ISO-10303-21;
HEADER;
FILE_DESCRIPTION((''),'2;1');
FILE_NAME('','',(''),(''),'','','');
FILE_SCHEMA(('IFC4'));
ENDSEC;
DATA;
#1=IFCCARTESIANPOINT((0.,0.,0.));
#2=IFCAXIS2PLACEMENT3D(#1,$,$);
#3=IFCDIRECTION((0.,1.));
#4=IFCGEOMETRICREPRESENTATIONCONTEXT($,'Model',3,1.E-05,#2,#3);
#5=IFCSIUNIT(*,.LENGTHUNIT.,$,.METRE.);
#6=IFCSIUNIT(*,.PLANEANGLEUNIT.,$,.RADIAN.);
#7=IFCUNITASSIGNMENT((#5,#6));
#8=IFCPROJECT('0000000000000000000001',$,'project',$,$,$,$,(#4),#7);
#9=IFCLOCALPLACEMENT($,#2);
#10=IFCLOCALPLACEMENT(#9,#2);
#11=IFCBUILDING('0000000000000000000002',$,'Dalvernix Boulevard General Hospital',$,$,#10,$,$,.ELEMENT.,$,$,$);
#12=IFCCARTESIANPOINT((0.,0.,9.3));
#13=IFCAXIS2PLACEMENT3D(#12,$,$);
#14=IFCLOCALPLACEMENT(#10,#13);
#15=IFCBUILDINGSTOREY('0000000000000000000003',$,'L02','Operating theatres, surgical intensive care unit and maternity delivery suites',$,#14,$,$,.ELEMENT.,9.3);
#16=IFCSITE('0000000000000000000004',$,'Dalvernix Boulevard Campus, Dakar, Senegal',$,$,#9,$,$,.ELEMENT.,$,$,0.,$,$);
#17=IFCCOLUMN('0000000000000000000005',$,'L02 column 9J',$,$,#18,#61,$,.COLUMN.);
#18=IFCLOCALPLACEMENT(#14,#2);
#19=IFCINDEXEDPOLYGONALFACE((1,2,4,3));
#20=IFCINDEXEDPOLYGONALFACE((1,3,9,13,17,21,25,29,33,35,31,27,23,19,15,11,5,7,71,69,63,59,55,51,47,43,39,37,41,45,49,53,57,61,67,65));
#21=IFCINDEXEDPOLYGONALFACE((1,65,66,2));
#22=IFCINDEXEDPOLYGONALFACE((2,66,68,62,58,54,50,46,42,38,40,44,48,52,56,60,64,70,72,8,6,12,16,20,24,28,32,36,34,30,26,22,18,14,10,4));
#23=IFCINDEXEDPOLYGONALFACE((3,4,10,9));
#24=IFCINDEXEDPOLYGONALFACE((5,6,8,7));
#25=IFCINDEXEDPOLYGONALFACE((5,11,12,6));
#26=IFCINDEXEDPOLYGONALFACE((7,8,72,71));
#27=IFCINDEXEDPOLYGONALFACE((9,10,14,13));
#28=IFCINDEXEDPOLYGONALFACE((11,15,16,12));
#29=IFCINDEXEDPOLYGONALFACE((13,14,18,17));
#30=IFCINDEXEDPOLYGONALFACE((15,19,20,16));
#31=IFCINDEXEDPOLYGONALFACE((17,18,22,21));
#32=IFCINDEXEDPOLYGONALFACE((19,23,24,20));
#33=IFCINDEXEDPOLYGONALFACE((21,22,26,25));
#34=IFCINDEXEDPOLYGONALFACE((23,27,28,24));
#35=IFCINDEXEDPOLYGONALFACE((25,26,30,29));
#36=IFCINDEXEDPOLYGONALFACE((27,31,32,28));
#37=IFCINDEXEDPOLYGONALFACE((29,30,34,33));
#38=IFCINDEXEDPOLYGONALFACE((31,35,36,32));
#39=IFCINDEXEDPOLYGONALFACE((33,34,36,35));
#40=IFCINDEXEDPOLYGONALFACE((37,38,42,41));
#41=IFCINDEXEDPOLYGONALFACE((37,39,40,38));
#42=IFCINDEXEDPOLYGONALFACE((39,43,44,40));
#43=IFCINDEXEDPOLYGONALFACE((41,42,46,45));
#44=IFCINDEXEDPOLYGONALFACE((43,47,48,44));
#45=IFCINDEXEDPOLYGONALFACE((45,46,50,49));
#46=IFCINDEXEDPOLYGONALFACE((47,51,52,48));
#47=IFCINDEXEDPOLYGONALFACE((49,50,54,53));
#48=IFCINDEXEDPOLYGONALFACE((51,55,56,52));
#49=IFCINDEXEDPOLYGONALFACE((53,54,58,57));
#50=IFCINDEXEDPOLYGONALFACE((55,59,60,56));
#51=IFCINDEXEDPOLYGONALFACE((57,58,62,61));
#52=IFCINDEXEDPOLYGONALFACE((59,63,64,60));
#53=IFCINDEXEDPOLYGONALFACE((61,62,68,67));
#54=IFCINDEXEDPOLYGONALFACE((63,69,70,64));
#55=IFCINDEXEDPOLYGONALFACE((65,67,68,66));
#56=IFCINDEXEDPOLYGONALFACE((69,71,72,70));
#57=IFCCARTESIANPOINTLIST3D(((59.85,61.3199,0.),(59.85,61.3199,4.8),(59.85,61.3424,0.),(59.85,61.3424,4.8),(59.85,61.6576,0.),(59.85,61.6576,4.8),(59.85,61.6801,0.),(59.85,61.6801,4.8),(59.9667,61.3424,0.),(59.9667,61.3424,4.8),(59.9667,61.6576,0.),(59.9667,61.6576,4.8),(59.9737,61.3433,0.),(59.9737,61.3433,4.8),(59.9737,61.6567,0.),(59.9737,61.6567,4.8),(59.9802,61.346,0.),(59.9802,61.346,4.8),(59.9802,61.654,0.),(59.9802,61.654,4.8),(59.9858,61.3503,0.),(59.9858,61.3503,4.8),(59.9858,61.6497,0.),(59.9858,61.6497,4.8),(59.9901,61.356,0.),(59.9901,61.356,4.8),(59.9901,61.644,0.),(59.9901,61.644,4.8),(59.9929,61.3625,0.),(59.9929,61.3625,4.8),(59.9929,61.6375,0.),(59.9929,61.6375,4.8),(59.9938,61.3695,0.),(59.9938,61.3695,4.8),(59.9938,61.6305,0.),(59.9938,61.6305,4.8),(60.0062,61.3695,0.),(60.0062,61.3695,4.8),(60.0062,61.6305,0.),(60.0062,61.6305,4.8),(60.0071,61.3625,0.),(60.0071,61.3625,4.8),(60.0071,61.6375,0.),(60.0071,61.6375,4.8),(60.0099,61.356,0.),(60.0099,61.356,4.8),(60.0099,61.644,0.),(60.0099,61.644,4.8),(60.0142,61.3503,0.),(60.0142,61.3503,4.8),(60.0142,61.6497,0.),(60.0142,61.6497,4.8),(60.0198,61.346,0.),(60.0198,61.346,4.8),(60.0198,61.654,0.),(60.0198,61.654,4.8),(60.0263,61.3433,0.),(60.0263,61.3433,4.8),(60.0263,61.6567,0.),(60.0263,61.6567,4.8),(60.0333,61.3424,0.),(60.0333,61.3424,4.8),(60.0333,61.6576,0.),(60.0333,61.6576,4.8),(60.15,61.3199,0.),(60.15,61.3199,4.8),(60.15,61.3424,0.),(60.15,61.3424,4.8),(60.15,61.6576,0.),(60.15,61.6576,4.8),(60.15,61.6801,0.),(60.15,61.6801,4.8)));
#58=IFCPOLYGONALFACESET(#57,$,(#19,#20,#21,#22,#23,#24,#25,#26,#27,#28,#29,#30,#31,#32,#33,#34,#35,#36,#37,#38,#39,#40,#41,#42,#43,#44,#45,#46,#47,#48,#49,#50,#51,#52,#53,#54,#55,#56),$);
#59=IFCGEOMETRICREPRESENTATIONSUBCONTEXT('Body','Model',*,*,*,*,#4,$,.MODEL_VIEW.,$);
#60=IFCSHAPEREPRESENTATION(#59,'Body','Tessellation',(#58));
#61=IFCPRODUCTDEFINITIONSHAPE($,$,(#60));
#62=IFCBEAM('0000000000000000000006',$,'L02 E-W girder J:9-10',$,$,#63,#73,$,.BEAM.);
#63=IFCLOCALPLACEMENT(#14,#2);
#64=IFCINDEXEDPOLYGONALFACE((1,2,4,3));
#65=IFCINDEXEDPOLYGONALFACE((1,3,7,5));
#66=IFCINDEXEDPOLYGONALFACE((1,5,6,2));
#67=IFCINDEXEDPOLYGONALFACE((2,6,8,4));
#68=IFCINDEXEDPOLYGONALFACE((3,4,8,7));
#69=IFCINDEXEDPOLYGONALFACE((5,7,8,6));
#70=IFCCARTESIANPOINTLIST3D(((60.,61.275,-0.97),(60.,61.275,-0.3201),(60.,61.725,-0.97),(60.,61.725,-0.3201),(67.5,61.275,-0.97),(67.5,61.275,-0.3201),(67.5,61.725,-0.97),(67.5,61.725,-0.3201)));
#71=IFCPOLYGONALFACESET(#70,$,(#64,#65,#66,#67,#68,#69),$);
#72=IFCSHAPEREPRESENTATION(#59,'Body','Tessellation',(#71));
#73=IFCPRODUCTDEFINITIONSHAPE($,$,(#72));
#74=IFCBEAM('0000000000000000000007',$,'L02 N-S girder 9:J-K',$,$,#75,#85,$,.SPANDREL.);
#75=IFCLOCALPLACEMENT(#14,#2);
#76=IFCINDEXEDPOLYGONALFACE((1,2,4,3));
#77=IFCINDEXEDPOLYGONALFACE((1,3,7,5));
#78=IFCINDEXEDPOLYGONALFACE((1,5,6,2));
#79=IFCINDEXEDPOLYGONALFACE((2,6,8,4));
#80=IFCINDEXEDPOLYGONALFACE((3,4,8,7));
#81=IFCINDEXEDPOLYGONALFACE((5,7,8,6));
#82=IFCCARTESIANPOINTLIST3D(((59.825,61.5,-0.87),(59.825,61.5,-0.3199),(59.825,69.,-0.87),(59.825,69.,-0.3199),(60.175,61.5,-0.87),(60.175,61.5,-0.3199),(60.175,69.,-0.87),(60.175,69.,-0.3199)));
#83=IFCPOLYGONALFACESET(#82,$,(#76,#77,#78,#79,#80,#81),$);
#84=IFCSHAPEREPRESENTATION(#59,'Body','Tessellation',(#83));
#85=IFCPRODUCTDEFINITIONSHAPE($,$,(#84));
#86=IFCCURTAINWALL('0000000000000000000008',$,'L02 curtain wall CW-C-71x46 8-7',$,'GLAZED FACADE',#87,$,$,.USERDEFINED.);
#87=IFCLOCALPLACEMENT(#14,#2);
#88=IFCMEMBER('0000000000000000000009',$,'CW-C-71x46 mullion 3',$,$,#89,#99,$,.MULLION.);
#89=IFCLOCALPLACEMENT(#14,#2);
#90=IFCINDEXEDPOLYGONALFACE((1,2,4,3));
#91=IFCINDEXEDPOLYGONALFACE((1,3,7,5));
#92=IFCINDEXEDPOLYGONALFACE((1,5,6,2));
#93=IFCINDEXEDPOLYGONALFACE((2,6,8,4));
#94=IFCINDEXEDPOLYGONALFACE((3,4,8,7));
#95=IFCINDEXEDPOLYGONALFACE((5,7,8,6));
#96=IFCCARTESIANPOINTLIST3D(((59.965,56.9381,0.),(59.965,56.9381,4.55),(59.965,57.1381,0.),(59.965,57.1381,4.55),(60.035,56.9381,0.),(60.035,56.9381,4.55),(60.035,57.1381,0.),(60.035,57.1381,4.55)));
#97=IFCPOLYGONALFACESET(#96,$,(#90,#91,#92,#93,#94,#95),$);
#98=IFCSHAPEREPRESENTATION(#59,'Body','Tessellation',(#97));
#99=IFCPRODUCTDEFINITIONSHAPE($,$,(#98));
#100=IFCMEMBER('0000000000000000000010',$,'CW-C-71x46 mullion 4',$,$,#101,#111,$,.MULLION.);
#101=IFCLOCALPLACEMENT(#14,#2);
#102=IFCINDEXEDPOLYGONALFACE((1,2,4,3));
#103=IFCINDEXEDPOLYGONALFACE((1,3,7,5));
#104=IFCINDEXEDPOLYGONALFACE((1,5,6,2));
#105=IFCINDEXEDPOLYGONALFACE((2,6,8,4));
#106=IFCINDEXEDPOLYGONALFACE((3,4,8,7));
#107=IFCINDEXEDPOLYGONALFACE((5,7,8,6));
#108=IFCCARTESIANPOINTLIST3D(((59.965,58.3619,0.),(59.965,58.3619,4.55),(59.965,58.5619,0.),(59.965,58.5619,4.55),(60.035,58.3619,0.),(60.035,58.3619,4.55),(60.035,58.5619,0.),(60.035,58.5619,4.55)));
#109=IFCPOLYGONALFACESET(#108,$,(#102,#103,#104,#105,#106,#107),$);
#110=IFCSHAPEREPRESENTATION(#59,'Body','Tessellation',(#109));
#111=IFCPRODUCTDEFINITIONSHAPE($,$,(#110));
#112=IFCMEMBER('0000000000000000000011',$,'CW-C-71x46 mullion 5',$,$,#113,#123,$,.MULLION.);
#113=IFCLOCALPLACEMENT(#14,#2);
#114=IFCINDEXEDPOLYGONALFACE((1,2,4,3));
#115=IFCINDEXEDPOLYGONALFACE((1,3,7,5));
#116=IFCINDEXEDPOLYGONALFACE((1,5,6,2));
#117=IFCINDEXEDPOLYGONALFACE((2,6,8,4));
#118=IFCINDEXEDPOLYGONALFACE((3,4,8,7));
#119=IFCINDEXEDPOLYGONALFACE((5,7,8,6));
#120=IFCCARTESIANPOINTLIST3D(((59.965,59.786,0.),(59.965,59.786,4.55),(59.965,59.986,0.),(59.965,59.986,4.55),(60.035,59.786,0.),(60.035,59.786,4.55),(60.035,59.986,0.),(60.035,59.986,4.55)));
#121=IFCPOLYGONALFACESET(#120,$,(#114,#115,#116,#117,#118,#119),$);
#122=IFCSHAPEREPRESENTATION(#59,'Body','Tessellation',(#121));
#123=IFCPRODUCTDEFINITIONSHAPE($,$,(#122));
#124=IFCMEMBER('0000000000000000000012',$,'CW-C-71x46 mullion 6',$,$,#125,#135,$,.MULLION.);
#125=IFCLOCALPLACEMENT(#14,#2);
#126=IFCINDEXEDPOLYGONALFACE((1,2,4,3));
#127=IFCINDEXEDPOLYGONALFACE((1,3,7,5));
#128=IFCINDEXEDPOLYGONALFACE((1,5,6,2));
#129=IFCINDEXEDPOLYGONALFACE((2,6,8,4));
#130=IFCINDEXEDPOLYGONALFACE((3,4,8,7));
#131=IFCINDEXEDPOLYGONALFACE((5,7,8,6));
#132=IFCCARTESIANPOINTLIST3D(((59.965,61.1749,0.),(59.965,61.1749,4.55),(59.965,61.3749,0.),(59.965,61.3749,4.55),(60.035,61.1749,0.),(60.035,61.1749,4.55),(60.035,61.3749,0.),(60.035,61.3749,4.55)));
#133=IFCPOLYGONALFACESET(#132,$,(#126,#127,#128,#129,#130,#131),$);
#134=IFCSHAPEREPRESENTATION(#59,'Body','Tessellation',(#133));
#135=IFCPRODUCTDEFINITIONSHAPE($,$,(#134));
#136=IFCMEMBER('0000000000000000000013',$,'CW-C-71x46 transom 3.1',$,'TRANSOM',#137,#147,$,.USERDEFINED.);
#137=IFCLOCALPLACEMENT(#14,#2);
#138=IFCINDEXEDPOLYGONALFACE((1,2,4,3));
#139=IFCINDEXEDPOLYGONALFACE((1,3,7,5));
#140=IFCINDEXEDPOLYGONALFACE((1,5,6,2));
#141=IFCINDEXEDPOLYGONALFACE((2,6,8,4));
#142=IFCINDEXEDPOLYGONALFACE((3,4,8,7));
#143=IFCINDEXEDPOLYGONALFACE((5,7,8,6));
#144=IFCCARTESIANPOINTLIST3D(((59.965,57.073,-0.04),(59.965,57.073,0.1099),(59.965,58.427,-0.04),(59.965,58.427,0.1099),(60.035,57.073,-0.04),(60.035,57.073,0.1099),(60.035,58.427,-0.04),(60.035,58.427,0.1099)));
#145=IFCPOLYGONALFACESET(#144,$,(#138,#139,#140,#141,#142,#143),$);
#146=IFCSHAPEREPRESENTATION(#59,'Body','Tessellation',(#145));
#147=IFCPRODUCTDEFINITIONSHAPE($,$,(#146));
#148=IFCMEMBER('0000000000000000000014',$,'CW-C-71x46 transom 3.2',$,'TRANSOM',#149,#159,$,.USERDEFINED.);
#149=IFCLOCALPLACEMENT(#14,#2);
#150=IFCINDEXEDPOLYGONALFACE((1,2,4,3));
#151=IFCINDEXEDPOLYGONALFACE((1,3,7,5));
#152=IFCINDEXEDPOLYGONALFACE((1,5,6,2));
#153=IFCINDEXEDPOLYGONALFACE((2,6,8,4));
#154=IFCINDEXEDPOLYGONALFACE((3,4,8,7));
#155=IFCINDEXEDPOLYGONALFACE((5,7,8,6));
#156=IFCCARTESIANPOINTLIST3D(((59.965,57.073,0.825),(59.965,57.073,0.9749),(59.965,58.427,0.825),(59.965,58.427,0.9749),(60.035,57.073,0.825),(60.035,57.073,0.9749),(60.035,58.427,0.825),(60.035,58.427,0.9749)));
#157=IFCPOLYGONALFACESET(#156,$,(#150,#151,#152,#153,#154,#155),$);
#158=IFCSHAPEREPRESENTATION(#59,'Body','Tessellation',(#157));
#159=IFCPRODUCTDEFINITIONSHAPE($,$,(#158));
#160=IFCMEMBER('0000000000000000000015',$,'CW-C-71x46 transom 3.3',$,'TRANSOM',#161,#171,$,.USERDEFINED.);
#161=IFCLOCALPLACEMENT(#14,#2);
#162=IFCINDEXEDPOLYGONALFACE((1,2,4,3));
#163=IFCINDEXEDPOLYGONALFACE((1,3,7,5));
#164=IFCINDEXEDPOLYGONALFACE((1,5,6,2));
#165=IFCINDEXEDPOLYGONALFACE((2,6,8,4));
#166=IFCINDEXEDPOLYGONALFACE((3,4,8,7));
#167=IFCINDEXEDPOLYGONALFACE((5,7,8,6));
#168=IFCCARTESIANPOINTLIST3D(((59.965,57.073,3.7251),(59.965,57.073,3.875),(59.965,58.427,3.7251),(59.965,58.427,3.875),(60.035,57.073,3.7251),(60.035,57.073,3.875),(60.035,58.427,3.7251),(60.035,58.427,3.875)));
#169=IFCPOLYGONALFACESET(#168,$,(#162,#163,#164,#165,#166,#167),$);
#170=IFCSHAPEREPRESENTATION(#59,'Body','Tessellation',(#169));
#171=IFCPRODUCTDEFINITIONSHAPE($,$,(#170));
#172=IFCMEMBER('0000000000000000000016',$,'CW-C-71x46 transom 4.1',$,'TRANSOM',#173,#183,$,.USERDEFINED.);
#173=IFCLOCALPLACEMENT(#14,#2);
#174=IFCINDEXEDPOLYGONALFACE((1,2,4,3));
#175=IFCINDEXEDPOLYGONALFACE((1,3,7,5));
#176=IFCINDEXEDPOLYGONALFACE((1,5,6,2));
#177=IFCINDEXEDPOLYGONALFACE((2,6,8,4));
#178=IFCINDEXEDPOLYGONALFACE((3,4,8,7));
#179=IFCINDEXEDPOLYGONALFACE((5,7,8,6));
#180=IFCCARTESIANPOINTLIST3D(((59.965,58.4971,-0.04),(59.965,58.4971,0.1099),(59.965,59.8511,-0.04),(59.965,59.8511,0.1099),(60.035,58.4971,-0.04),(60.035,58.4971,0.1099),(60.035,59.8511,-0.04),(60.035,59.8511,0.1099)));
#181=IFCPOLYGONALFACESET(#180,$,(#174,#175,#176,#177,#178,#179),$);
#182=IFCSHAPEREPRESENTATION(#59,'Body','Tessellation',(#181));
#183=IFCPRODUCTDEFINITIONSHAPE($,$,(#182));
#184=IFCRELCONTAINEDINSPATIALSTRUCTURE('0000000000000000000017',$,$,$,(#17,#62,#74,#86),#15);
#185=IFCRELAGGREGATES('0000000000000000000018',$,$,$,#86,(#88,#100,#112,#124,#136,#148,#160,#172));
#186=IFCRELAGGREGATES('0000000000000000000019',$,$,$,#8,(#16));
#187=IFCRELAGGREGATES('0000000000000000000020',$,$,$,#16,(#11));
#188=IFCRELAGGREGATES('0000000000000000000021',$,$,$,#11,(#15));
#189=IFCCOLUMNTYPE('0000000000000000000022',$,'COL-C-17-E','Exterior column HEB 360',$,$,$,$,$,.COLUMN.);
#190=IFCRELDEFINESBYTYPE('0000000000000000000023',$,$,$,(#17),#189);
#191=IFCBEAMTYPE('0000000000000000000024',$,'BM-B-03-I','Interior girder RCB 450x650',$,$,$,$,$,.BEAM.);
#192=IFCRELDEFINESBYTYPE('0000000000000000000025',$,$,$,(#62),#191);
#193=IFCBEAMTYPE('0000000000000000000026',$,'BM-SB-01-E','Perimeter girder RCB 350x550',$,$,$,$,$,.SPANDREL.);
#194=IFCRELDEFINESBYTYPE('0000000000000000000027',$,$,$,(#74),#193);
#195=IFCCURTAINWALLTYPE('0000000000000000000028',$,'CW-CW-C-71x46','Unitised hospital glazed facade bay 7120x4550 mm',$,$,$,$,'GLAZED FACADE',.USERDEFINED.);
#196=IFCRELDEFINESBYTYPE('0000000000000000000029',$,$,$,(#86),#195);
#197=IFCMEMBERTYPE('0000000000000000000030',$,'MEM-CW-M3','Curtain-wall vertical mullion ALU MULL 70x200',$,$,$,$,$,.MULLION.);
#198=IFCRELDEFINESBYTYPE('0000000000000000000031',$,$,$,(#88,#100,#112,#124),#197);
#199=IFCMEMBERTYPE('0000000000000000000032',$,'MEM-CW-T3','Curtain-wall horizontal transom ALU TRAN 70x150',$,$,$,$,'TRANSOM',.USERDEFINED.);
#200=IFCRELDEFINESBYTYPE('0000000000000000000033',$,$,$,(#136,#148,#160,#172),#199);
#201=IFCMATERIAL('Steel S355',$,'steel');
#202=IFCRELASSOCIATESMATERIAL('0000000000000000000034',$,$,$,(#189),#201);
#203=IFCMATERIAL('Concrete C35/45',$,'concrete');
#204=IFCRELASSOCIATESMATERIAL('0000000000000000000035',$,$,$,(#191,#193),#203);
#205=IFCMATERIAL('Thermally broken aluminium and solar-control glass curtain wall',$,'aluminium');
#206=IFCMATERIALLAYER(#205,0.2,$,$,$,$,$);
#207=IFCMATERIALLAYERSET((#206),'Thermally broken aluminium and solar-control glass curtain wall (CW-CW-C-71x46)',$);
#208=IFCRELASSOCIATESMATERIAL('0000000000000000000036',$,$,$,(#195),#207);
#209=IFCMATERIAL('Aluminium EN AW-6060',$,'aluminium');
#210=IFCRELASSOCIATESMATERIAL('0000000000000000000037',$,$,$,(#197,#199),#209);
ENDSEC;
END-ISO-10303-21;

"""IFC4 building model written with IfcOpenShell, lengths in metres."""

from ifc_helpers import new_model, si_unit, direction, frame, origin, origin_2d, place, context, subcontext, project, spatial, rectangle, i_section, extrude, material, layer, layer_set, material_profile, profile_set, type_object, element, aggregate, save


model = new_model("IFC4")

# Units and contexts
model_context = context("Model", 3, precision=1e-05, world=origin(), true_north=direction((0.0, 1.0)))
body_context = subcontext(model_context, "Body", "Model", "MODEL_VIEW")
ifc_project = project(units=[si_unit("LENGTHUNIT", "METRE"), si_unit("PLANEANGLEUNIT", "RADIAN")], contexts=[model_context])

# Site, building, storey
site_placement = place(None, origin())
site = spatial("IfcSite", under=ifc_project, at=site_placement, Name="Dalvernix Boulevard Campus, Dakar, Senegal", CompositionType="ELEMENT", RefElevation=0.0)
building_placement = place(site_placement, origin())
building = spatial("IfcBuilding", under=site, at=building_placement, Name="Dalvernix Boulevard General Hospital", CompositionType="ELEMENT")
storey_placement = place(building_placement, frame((0.0, 0.0, 9.3)))
storey = spatial("IfcBuildingStorey", under=building, at=storey_placement, Name="L02", Description="Operating theatres, surgical intensive care unit and maternity delivery suites", CompositionType="ELEMENT", Elevation=9.3)

# Column
ifc_material_1 = material(Name="Steel S355", Category="steel")
ifc_material_profile_1 = material_profile(ifc_material_1, i_section(OverallWidth=0.3, OverallDepth=0.3601, WebThickness=0.0125, FlangeThickness=0.0225, FilletRadius=0.0271, at=origin_2d()), Name="HEB 360")
ifc_profile_set_1 = profile_set([ifc_material_profile_1], Name="Steel S355")
column_type = type_object("IfcColumnType", Name="COL-C-17-E", Description="Exterior column HEB 360", PredefinedType="COLUMN", material=ifc_profile_set_1)
column_placement = place(storey_placement, frame((60.0, 61.5, 0.0), z_axis=(0.0, 0.0, 1.0), x_axis=(1.0, 0.0, 0.0)))
element("IfcColumn", 1, at=column_placement, inside=storey, type_object=column_type, Name="L02 column 9J", PredefinedType="COLUMN", context=body_context, shape_type="SweptSolid", body=[
    extrude(i_section(OverallWidth=0.3, OverallDepth=0.3601, WebThickness=0.0125, FlangeThickness=0.0225, FilletRadius=0.0271, at=origin_2d()), origin(), (0.0, 0.0, 1.0), 4.8),
])

# Beams
ifc_material_2 = material(Name="Concrete C35/45", Category="concrete")
ifc_material_profile_2 = material_profile(ifc_material_2, rectangle(XDim=0.45, YDim=0.6499, at=origin_2d()), Name="RCB 450x650")
ifc_profile_set_2 = profile_set([ifc_material_profile_2], Name="Concrete C35/45")
beam_type_1 = type_object("IfcBeamType", Name="BM-B-03-I", Description="Interior girder RCB 450x650", PredefinedType="BEAM", material=ifc_profile_set_2)
beam_1_placement = place(storey_placement, frame((60.0, 61.5, -0.645), z_axis=(1.0, 0.0, 0.0), x_axis=(0.0, 1.0, 0.0)))
element("IfcBeam", 2, at=beam_1_placement, inside=storey, type_object=beam_type_1, Name="L02 E-W girder J:9-10", PredefinedType="BEAM", context=body_context, shape_type="SweptSolid", body=[
    extrude(rectangle(XDim=0.45, YDim=0.6499, at=origin_2d()), origin(), (0.0, 0.0, 1.0), 7.5),
])
ifc_material_profile_3 = material_profile(ifc_material_2, rectangle(XDim=0.3501, YDim=0.55, at=origin_2d()), Name="RCB 350x550")
ifc_profile_set_3 = profile_set([ifc_material_profile_3], Name="Concrete C35/45")
beam_type_2 = type_object("IfcBeamType", Name="BM-SB-01-E", Description="Perimeter girder RCB 350x550", PredefinedType="SPANDREL", material=ifc_profile_set_3)
beam_2_placement = place(storey_placement, frame((60.0, 61.5, -0.595), z_axis=(0.0, 1.0, 0.0), x_axis=(-1.0, 0.0, 0.0)))
element("IfcBeam", 3, at=beam_2_placement, inside=storey, type_object=beam_type_2, Name="L02 N-S girder 9:J-K", PredefinedType="SPANDREL", context=body_context, shape_type="SweptSolid", body=[
    extrude(rectangle(XDim=0.3501, YDim=0.55, at=origin_2d()), origin(), (0.0, 0.0, 1.0), 7.5),
])

# Curtain wall, members
ifc_material_3 = material(Name="Thermally broken aluminium and solar-control glass curtain wall", Category="aluminium")
ifc_layer_1 = layer(ifc_material_3, 0.2)
ifc_layer_set_1 = layer_set([ifc_layer_1], Name="Thermally broken aluminium and solar-control glass curtain wall (CW-CW-C-71x46)")
curtain_wall_type = type_object("IfcCurtainWallType", Name="CW-CW-C-71x46", Description="Unitised hospital glazed facade bay 7120x4550 mm", ElementType="GLAZED FACADE", PredefinedType="USERDEFINED", material=ifc_layer_set_1)
curtain_wall_placement = place(storey_placement, origin())
curtain_wall = element("IfcCurtainWall", 4, at=curtain_wall_placement, inside=storey, type_object=curtain_wall_type, Name="L02 curtain wall CW-C-71x46 8-7", ObjectType="GLAZED FACADE", PredefinedType="USERDEFINED")
ifc_material_4 = material(Name="Aluminium EN AW-6060", Category="aluminium")
ifc_material_profile_4 = material_profile(ifc_material_4, rectangle(XDim=0.0701, YDim=0.2, at=origin_2d()), Name="ALU MULL 70x200")
ifc_profile_set_4 = profile_set([ifc_material_profile_4], Name="Aluminium EN AW-6060")
member_type_1 = type_object("IfcMemberType", Name="MEM-CW-M3", Description="Curtain-wall vertical mullion ALU MULL 70x200", PredefinedType="MULLION", material=ifc_profile_set_4)
member_1_placement = place(storey_placement, frame((60.0, 57.0381, 0.0), z_axis=(0.0, 0.0, 1.0), x_axis=(-1.0, 0.0, 0.0)))
member_1 = element("IfcMember", 5, at=member_1_placement, type_object=member_type_1, Name="CW-C-71x46 mullion 3", PredefinedType="MULLION", context=body_context, shape_type="SweptSolid", body=[
    extrude(rectangle(XDim=0.0701, YDim=0.2, at=origin_2d()), origin(), (0.0, 0.0, 1.0), 4.55),
])
member_2_placement = place(storey_placement, frame((60.0, 58.4619, 0.0), z_axis=(0.0, 0.0, 1.0), x_axis=(-1.0, 0.0, 0.0)))
member_2 = element("IfcMember", 6, at=member_2_placement, type_object=member_type_1, Name="CW-C-71x46 mullion 4", PredefinedType="MULLION", context=body_context, shape_type="SweptSolid", body=[
    extrude(rectangle(XDim=0.0701, YDim=0.2, at=origin_2d()), origin(), (0.0, 0.0, 1.0), 4.55),
])
member_3_placement = place(storey_placement, frame((60.0, 59.886, 0.0), z_axis=(0.0, 0.0, 1.0), x_axis=(-1.0, 0.0, 0.0)))
member_3 = element("IfcMember", 7, at=member_3_placement, type_object=member_type_1, Name="CW-C-71x46 mullion 5", PredefinedType="MULLION", context=body_context, shape_type="SweptSolid", body=[
    extrude(rectangle(XDim=0.0701, YDim=0.2, at=origin_2d()), origin(), (0.0, 0.0, 1.0), 4.55),
])
member_4_placement = place(storey_placement, frame((60.0, 61.2749, 0.0), z_axis=(0.0, 0.0, 1.0), x_axis=(-1.0, 0.0, 0.0)))
member_4 = element("IfcMember", 8, at=member_4_placement, type_object=member_type_1, Name="CW-C-71x46 mullion 6", PredefinedType="MULLION", context=body_context, shape_type="SweptSolid", body=[
    extrude(rectangle(XDim=0.0701, YDim=0.2, at=origin_2d()), origin(), (0.0, 0.0, 1.0), 4.55),
])
ifc_material_profile_5 = material_profile(ifc_material_4, rectangle(XDim=0.0701, YDim=0.1499, at=origin_2d()), Name="ALU TRAN 70x150")
ifc_profile_set_5 = profile_set([ifc_material_profile_5], Name="Aluminium EN AW-6060")
member_type_2 = type_object("IfcMemberType", Name="MEM-CW-T3", Description="Curtain-wall horizontal transom ALU TRAN 70x150", ElementType="TRANSOM", PredefinedType="USERDEFINED", material=ifc_profile_set_5)
member_5_placement = place(storey_placement, frame((60.0, 57.073, 0.0349), z_axis=(0.0, 1.0, 0.0), x_axis=(-1.0, 0.0, 0.0)))
member_5 = element("IfcMember", 9, at=member_5_placement, type_object=member_type_2, Name="CW-C-71x46 transom 3.1", ObjectType="TRANSOM", PredefinedType="USERDEFINED", context=body_context, shape_type="SweptSolid", body=[
    extrude(rectangle(XDim=0.0701, YDim=0.1499, at=origin_2d()), origin(), (0.0, 0.0, 1.0), 1.354),
])
member_6_placement = place(storey_placement, frame((60.0, 57.073, 0.8999), z_axis=(0.0, 1.0, 0.0), x_axis=(-1.0, 0.0, 0.0)))
member_6 = element("IfcMember", 10, at=member_6_placement, type_object=member_type_2, Name="CW-C-71x46 transom 3.2", ObjectType="TRANSOM", PredefinedType="USERDEFINED", context=body_context, shape_type="SweptSolid", body=[
    extrude(rectangle(XDim=0.0701, YDim=0.1499, at=origin_2d()), origin(), (0.0, 0.0, 1.0), 1.354),
])
member_7_placement = place(storey_placement, frame((60.0, 57.073, 3.8), z_axis=(0.0, 1.0, 0.0), x_axis=(-1.0, 0.0, 0.0)))
member_7 = element("IfcMember", 11, at=member_7_placement, type_object=member_type_2, Name="CW-C-71x46 transom 3.3", ObjectType="TRANSOM", PredefinedType="USERDEFINED", context=body_context, shape_type="SweptSolid", body=[
    extrude(rectangle(XDim=0.0701, YDim=0.1499, at=origin_2d()), origin(), (0.0, 0.0, 1.0), 1.354),
])
member_8_placement = place(storey_placement, frame((60.0, 58.4971, 0.0349), z_axis=(0.0, 1.0, 0.0), x_axis=(-1.0, 0.0, 0.0)))
member_8 = element("IfcMember", 12, at=member_8_placement, type_object=member_type_2, Name="CW-C-71x46 transom 4.1", ObjectType="TRANSOM", PredefinedType="USERDEFINED", context=body_context, shape_type="SweptSolid", body=[
    extrude(rectangle(XDim=0.0701, YDim=0.1499, at=origin_2d()), origin(), (0.0, 0.0, 1.0), 1.354),
])
aggregate(curtain_wall, [member_1, member_2, member_3, member_4, member_5, member_6, member_7, member_8])

save(model, "model.ifc")
